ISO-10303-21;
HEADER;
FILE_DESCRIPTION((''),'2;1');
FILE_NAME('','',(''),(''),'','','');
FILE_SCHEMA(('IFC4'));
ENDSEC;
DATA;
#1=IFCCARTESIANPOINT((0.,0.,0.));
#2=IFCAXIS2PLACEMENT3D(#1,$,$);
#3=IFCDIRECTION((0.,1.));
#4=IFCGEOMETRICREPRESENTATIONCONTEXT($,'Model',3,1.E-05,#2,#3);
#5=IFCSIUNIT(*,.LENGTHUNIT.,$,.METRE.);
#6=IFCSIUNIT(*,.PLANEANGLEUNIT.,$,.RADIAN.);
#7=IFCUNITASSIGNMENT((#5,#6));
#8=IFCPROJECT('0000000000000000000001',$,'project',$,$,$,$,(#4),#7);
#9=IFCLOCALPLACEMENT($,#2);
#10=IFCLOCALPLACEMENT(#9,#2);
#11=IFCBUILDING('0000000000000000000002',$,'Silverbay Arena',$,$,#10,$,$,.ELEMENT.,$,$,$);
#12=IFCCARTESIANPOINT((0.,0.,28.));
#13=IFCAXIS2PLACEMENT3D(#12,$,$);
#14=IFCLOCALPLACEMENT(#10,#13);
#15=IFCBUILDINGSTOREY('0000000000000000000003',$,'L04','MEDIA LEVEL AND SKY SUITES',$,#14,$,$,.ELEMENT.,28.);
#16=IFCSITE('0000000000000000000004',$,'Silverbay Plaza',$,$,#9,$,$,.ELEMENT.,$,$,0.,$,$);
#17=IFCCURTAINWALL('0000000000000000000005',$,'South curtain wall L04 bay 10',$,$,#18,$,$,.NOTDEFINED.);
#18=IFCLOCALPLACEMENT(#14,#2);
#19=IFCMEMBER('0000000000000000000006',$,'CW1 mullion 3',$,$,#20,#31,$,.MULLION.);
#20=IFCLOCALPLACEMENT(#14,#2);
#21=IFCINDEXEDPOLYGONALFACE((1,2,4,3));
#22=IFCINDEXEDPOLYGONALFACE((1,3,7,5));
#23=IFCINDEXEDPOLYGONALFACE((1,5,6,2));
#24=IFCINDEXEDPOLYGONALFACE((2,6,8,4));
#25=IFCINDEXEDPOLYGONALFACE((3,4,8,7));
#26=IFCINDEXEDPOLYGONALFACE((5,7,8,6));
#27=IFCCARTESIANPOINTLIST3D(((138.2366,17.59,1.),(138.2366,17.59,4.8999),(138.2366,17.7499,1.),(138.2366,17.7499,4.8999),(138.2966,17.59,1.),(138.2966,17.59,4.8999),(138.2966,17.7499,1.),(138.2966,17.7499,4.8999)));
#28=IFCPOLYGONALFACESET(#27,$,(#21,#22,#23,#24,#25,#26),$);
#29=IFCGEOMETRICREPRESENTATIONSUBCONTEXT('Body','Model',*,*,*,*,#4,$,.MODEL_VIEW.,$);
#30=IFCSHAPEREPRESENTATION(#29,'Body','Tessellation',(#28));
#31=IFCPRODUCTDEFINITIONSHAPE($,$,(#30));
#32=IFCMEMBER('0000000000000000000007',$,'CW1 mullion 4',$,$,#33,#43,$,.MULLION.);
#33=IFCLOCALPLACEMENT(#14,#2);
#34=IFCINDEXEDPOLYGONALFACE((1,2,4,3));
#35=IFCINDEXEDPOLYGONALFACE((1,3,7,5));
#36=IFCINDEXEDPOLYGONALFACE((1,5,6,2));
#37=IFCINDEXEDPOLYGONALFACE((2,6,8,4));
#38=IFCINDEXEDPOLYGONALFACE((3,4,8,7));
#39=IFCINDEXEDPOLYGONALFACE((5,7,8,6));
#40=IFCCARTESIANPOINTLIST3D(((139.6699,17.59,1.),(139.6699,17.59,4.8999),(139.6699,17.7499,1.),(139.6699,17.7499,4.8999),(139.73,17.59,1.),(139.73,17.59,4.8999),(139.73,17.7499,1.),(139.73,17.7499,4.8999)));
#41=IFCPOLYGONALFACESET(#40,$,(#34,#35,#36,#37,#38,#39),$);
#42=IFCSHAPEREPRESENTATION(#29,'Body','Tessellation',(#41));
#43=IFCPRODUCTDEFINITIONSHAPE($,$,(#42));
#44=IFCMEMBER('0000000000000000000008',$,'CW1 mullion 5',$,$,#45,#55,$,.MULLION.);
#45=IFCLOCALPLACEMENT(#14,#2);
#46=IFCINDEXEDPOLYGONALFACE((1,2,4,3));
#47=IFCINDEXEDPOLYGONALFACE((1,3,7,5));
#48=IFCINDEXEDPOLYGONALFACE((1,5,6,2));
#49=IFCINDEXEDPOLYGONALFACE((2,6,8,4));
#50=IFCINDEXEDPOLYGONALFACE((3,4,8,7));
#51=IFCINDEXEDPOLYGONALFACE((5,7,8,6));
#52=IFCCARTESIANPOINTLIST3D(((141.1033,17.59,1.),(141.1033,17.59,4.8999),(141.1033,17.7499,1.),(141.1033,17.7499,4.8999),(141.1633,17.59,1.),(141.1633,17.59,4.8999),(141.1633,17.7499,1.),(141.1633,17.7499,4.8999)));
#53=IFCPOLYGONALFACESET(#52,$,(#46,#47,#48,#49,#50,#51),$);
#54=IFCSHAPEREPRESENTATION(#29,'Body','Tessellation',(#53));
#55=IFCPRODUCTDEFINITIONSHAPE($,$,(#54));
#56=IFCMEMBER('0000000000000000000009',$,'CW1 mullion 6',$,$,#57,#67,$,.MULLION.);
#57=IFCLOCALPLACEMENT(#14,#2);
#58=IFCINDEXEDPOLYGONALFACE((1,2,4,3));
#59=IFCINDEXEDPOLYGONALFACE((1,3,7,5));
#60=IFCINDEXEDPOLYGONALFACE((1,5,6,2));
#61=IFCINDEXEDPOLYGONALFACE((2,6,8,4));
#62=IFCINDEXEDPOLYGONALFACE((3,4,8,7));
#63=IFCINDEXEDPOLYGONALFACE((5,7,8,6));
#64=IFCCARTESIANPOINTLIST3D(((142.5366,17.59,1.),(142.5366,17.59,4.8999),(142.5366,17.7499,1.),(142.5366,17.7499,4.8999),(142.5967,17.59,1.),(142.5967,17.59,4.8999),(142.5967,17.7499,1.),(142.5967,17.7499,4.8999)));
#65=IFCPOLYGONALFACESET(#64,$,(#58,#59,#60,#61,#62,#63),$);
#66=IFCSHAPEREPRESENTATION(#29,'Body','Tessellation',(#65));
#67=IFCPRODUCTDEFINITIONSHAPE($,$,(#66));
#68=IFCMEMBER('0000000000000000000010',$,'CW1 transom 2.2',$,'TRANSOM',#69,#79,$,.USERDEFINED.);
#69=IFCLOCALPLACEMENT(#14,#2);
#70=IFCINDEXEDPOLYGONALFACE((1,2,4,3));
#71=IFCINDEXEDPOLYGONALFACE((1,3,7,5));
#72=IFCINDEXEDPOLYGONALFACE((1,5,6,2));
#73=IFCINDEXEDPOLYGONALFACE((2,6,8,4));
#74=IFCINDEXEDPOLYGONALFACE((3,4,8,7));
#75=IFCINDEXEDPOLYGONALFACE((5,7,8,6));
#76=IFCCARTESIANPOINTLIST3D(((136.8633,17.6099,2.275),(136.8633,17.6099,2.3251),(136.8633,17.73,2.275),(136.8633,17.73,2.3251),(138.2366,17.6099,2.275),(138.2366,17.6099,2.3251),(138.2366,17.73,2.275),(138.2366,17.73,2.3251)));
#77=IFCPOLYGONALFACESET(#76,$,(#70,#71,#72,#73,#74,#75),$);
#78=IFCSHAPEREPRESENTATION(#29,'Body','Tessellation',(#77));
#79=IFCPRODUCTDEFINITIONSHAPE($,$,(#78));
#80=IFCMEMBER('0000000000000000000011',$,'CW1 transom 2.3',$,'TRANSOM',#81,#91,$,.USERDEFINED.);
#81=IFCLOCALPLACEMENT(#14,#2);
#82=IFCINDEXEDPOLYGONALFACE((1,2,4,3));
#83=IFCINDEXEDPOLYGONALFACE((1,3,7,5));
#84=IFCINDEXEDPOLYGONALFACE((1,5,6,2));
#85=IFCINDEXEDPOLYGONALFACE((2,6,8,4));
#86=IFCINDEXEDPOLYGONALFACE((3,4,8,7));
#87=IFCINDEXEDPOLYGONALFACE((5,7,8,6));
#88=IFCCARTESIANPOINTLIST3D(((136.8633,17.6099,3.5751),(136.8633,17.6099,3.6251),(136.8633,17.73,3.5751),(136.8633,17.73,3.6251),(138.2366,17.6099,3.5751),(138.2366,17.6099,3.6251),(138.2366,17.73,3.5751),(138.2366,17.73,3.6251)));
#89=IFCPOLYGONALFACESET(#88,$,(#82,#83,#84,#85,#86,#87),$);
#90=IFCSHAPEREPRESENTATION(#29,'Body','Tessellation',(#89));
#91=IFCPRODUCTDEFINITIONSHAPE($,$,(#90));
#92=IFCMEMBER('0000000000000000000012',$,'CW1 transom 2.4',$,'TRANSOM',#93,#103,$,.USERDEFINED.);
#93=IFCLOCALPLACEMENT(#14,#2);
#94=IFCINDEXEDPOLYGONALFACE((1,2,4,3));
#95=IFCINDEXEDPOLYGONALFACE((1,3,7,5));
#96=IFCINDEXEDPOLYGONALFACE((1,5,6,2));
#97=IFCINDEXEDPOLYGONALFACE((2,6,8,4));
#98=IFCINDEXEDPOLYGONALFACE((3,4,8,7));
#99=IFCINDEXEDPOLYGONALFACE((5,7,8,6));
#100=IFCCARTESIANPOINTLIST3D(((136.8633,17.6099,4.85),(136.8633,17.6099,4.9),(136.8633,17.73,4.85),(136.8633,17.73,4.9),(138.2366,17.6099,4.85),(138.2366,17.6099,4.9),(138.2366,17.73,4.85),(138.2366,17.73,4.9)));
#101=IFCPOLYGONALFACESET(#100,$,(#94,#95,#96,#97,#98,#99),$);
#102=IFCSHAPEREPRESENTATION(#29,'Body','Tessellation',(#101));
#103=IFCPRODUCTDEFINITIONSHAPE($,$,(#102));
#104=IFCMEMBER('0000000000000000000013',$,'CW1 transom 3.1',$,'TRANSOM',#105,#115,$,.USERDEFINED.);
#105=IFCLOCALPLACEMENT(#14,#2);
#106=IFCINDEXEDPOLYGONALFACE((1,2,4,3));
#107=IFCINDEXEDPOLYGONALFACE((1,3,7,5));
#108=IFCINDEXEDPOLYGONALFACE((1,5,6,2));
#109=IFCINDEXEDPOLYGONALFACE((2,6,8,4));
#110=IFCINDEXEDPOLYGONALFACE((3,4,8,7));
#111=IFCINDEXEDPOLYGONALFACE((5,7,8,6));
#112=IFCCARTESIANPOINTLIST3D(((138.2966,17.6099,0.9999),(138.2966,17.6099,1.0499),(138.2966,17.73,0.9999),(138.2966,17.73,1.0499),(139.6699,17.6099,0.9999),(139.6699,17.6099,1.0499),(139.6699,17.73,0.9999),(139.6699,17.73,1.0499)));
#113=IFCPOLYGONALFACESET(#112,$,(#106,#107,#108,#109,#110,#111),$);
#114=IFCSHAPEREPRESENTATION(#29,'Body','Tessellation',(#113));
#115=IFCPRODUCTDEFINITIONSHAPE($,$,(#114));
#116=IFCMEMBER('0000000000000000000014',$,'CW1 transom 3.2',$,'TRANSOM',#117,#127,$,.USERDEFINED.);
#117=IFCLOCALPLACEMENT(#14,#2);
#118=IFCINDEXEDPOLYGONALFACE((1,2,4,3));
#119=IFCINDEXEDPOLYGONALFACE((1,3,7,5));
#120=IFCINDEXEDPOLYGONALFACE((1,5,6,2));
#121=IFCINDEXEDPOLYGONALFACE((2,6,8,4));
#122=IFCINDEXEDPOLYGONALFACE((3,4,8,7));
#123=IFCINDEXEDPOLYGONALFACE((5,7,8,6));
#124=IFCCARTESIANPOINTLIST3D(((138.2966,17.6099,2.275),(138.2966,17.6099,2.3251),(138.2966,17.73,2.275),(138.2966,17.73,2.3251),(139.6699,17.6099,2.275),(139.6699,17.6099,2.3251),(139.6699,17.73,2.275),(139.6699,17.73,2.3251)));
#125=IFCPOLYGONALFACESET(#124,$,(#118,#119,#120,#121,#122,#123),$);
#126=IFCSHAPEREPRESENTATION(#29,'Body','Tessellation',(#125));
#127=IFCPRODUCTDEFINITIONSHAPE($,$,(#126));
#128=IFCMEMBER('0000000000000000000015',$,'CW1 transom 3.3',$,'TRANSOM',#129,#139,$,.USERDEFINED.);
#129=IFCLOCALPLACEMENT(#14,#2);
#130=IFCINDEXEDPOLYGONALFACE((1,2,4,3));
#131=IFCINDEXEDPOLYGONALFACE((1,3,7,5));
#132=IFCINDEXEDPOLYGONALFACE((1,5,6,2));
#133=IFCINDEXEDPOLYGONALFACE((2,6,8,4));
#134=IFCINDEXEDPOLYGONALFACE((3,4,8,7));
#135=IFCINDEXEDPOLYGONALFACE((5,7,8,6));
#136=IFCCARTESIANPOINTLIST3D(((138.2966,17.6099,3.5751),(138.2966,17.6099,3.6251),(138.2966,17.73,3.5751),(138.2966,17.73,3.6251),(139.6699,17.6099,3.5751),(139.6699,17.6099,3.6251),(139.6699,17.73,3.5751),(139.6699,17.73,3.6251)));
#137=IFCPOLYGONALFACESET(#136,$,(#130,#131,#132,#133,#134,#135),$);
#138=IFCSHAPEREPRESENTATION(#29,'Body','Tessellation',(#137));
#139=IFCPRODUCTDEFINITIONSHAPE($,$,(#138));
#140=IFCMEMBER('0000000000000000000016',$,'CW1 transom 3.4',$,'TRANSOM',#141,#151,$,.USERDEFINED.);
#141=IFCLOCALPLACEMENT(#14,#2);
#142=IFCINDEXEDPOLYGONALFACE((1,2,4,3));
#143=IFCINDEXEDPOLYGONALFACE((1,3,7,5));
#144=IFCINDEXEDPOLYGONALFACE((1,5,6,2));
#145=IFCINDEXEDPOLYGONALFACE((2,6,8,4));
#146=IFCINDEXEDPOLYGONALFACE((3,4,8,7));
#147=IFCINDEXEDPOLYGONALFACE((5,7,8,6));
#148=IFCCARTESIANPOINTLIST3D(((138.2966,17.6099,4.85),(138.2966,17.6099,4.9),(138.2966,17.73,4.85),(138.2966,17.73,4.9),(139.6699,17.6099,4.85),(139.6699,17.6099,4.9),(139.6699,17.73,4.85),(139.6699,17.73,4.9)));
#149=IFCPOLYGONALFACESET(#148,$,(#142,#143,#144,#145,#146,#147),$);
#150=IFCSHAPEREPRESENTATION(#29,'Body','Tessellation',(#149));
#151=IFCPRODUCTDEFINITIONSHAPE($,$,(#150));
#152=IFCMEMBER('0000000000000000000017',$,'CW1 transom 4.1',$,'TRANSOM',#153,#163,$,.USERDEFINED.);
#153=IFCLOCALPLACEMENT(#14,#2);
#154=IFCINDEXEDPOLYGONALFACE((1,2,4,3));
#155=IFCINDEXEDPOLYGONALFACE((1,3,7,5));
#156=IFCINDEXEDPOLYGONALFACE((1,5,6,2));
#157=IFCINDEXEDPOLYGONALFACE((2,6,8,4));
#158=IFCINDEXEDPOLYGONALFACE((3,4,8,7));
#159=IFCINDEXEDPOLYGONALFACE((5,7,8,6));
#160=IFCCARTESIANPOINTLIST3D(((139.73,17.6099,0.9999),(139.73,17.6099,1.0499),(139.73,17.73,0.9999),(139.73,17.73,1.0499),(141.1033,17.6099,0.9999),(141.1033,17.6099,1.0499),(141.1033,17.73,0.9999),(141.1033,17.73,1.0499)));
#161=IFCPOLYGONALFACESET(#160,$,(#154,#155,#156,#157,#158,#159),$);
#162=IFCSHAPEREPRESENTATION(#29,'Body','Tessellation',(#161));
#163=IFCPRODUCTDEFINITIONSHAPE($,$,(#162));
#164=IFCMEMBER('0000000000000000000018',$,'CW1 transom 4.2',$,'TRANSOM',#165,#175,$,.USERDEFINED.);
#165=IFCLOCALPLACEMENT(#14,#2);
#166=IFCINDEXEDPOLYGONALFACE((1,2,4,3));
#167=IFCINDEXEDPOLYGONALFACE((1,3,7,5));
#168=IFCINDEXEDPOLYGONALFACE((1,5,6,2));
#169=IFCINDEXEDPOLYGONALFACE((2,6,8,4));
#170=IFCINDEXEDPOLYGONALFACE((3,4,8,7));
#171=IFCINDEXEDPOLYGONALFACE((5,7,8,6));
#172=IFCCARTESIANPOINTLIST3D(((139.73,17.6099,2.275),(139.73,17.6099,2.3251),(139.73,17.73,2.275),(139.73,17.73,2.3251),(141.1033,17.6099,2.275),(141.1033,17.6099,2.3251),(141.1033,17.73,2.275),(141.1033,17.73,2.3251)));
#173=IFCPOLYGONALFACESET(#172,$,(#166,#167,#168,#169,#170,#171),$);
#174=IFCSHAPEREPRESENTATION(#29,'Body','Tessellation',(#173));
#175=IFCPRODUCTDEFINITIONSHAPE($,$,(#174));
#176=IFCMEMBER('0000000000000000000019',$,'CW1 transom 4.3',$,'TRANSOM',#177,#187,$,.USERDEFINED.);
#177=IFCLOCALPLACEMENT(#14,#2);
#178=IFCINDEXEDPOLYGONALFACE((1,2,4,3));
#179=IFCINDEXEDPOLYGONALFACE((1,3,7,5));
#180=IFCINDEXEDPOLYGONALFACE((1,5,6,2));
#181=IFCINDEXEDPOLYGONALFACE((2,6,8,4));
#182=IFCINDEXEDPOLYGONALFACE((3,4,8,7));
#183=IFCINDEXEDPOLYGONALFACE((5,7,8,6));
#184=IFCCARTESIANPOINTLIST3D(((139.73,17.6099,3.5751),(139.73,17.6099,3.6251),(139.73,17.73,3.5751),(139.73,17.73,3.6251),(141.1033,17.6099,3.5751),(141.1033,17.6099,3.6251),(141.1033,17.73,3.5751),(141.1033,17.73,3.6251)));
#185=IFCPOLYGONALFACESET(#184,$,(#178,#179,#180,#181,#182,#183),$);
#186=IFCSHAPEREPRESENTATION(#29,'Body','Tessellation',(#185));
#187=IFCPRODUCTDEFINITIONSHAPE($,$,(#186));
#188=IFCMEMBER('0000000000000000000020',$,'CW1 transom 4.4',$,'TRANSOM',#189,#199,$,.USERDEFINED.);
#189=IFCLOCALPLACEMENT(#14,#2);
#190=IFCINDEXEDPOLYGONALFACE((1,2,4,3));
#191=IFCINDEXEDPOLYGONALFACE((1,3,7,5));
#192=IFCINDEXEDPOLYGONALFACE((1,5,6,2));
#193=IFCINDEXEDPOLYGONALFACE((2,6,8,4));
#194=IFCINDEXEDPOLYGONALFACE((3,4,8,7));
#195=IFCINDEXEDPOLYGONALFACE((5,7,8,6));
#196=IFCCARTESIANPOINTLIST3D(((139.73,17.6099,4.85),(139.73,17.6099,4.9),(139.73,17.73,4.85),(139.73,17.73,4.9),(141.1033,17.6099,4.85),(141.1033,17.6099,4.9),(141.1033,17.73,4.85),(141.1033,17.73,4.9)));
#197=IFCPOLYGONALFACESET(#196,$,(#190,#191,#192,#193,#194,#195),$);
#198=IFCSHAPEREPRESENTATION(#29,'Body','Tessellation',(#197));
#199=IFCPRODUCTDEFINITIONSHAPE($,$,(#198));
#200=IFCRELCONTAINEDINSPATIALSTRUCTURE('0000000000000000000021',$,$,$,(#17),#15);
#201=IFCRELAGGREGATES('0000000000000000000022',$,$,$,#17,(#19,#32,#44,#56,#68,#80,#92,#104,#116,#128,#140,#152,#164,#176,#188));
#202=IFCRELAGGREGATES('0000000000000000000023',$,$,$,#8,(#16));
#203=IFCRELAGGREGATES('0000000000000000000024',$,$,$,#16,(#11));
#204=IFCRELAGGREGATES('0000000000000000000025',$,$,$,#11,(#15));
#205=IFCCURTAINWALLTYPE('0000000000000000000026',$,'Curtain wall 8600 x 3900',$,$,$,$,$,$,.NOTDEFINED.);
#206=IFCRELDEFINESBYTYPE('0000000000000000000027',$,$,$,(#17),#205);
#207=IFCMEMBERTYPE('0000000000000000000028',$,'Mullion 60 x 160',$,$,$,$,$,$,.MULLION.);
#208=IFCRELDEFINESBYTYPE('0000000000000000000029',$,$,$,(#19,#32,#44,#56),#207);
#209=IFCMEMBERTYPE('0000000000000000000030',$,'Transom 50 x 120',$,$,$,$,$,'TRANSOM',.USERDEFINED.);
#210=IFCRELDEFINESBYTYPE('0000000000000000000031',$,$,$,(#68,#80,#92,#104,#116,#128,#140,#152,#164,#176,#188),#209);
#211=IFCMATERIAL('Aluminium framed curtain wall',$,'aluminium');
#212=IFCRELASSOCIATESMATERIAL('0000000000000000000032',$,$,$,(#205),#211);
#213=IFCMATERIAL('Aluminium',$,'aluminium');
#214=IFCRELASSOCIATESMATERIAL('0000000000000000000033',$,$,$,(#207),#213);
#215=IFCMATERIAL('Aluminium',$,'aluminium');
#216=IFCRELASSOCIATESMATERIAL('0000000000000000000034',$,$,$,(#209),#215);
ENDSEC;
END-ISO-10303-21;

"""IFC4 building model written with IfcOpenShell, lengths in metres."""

from ifc_helpers import new_model, si_unit, direction, frame, origin, origin_2d, place, context, subcontext, project, spatial, rectangle, extrude, material, material_profile, profile_set, type_object, element, aggregate, save


model = new_model("IFC4")

# Units and contexts
model_context = context("Model", 3, precision=1e-05, world=origin(), true_north=direction((0.0, 1.0)))
body_context = subcontext(model_context, "Body", "Model", "MODEL_VIEW")
ifc_project = project(units=[si_unit("LENGTHUNIT", "METRE"), si_unit("PLANEANGLEUNIT", "RADIAN")], contexts=[model_context])

# Site, building, storey
site_placement = place(None, origin())
site = spatial("IfcSite", under=ifc_project, at=site_placement, Name="Silverbay Plaza", CompositionType="ELEMENT", RefElevation=0.0)
building_placement = place(site_placement, origin())
building = spatial("IfcBuilding", under=site, at=building_placement, Name="Silverbay Arena", CompositionType="ELEMENT")
storey_placement = place(building_placement, frame((0.0, 0.0, 28.0)))
storey = spatial("IfcBuildingStorey", under=building, at=storey_placement, Name="L04", Description="MEDIA LEVEL AND SKY SUITES", CompositionType="ELEMENT", Elevation=28.0)

# Curtain wall, members
ifc_material_1 = material(Name="Aluminium framed curtain wall", Category="aluminium")
curtain_wall_type = type_object("IfcCurtainWallType", Name="Curtain wall 8600 x 3900", PredefinedType="NOTDEFINED", material=ifc_material_1)
curtain_wall_placement = place(storey_placement, origin())
curtain_wall = element("IfcCurtainWall", 1, at=curtain_wall_placement, inside=storey, type_object=curtain_wall_type, Name="South curtain wall L04 bay 10", PredefinedType="NOTDEFINED")
ifc_material_2 = material(Name="Aluminium", Category="aluminium")
ifc_material_profile_1 = material_profile(ifc_material_2, rectangle(XDim=0.1599, YDim=0.0601, at=origin_2d()), Name="Mullion 60 x 160")
ifc_profile_set_1 = profile_set([ifc_material_profile_1], Name="Aluminium")
member_type_1 = type_object("IfcMemberType", Name="Mullion 60 x 160", PredefinedType="MULLION", material=ifc_profile_set_1)
member_1_placement = place(storey_placement, frame((138.2666, 17.6699, 1.0), z_axis=(0.0, 0.0, 1.0), x_axis=(0.0, 1.0, 0.0)))
member_1 = element("IfcMember", 2, at=member_1_placement, type_object=member_type_1, Name="CW1 mullion 3", PredefinedType="MULLION", context=body_context, shape_type="SweptSolid", body=[
    extrude(rectangle(XDim=0.1599, YDim=0.0601, at=origin_2d()), origin(), (0.0, 0.0, 1.0), 3.8999),
])
member_2_placement = place(storey_placement, frame((139.7, 17.6699, 1.0), z_axis=(0.0, 0.0, 1.0), x_axis=(0.0, 1.0, 0.0)))
member_2 = element("IfcMember", 3, at=member_2_placement, type_object=member_type_1, Name="CW1 mullion 4", PredefinedType="MULLION", context=body_context, shape_type="SweptSolid", body=[
    extrude(rectangle(XDim=0.1599, YDim=0.0601, at=origin_2d()), origin(), (0.0, 0.0, 1.0), 3.8999),
])
member_3_placement = place(storey_placement, frame((141.1333, 17.6699, 1.0), z_axis=(0.0, 0.0, 1.0), x_axis=(0.0, 1.0, 0.0)))
member_3 = element("IfcMember", 4, at=member_3_placement, type_object=member_type_1, Name="CW1 mullion 5", PredefinedType="MULLION", context=body_context, shape_type="SweptSolid", body=[
    extrude(rectangle(XDim=0.1599, YDim=0.0601, at=origin_2d()), origin(), (0.0, 0.0, 1.0), 3.8999),
])
member_4_placement = place(storey_placement, frame((142.5667, 17.6699, 1.0), z_axis=(0.0, 0.0, 1.0), x_axis=(0.0, 1.0, 0.0)))
member_4 = element("IfcMember", 5, at=member_4_placement, type_object=member_type_1, Name="CW1 mullion 6", PredefinedType="MULLION", context=body_context, shape_type="SweptSolid", body=[
    extrude(rectangle(XDim=0.1599, YDim=0.0601, at=origin_2d()), origin(), (0.0, 0.0, 1.0), 3.8999),
])
ifc_material_3 = material(Name="Aluminium", Category="aluminium")
ifc_material_profile_2 = material_profile(ifc_material_3, rectangle(XDim=0.1201, YDim=0.05, at=origin_2d()), Name="Transom 50 x 120")
ifc_profile_set_2 = profile_set([ifc_material_profile_2], Name="Aluminium")
member_type_2 = type_object("IfcMemberType", Name="Transom 50 x 120", ElementType="TRANSOM", PredefinedType="USERDEFINED", material=ifc_profile_set_2)
member_5_placement = place(storey_placement, frame((136.8633, 17.6699, 2.3), z_axis=(1.0, 0.0, 0.0), x_axis=(0.0, 1.0, 0.0)))
member_5 = element("IfcMember", 6, at=member_5_placement, type_object=member_type_2, Name="CW1 transom 2.2", ObjectType="TRANSOM", PredefinedType="USERDEFINED", context=body_context, shape_type="SweptSolid", body=[
    extrude(rectangle(XDim=0.1201, YDim=0.05, at=origin_2d()), origin(), (0.0, 0.0, 1.0), 1.3733),
])
member_6_placement = place(storey_placement, frame((136.8633, 17.6699, 3.6001), z_axis=(1.0, 0.0, 0.0), x_axis=(0.0, 1.0, 0.0)))
member_6 = element("IfcMember", 7, at=member_6_placement, type_object=member_type_2, Name="CW1 transom 2.3", ObjectType="TRANSOM", PredefinedType="USERDEFINED", context=body_context, shape_type="SweptSolid", body=[
    extrude(rectangle(XDim=0.1201, YDim=0.05, at=origin_2d()), origin(), (0.0, 0.0, 1.0), 1.3733),
])
member_7_placement = place(storey_placement, frame((136.8633, 17.6699, 4.875), z_axis=(1.0, 0.0, 0.0), x_axis=(0.0, 1.0, 0.0)))
member_7 = element("IfcMember", 8, at=member_7_placement, type_object=member_type_2, Name="CW1 transom 2.4", ObjectType="TRANSOM", PredefinedType="USERDEFINED", context=body_context, shape_type="SweptSolid", body=[
    extrude(rectangle(XDim=0.1201, YDim=0.05, at=origin_2d()), origin(), (0.0, 0.0, 1.0), 1.3733),
])
member_8_placement = place(storey_placement, frame((138.2966, 17.6699, 1.0249), z_axis=(1.0, 0.0, 0.0), x_axis=(0.0, 1.0, 0.0)))
member_8 = element("IfcMember", 9, at=member_8_placement, type_object=member_type_2, Name="CW1 transom 3.1", ObjectType="TRANSOM", PredefinedType="USERDEFINED", context=body_context, shape_type="SweptSolid", body=[
    extrude(rectangle(XDim=0.1201, YDim=0.05, at=origin_2d()), origin(), (0.0, 0.0, 1.0), 1.3733),
])
member_9_placement = place(storey_placement, frame((138.2966, 17.6699, 2.3), z_axis=(1.0, 0.0, 0.0), x_axis=(0.0, 1.0, 0.0)))
member_9 = element("IfcMember", 10, at=member_9_placement, type_object=member_type_2, Name="CW1 transom 3.2", ObjectType="TRANSOM", PredefinedType="USERDEFINED", context=body_context, shape_type="SweptSolid", body=[
    extrude(rectangle(XDim=0.1201, YDim=0.05, at=origin_2d()), origin(), (0.0, 0.0, 1.0), 1.3733),
])
member_10_placement = place(storey_placement, frame((138.2966, 17.6699, 3.6001), z_axis=(1.0, 0.0, 0.0), x_axis=(0.0, 1.0, 0.0)))
member_10 = element("IfcMember", 11, at=member_10_placement, type_object=member_type_2, Name="CW1 transom 3.3", ObjectType="TRANSOM", PredefinedType="USERDEFINED", context=body_context, shape_type="SweptSolid", body=[
    extrude(rectangle(XDim=0.1201, YDim=0.05, at=origin_2d()), origin(), (0.0, 0.0, 1.0), 1.3733),
])
member_11_placement = place(storey_placement, frame((138.2966, 17.6699, 4.875), z_axis=(1.0, 0.0, 0.0), x_axis=(0.0, 1.0, 0.0)))
member_11 = element("IfcMember", 12, at=member_11_placement, type_object=member_type_2, Name="CW1 transom 3.4", ObjectType="TRANSOM", PredefinedType="USERDEFINED", context=body_context, shape_type="SweptSolid", body=[
    extrude(rectangle(XDim=0.1201, YDim=0.05, at=origin_2d()), origin(), (0.0, 0.0, 1.0), 1.3733),
])
member_12_placement = place(storey_placement, frame((139.73, 17.6699, 1.0249), z_axis=(1.0, 0.0, 0.0), x_axis=(0.0, 1.0, 0.0)))
member_12 = element("IfcMember", 13, at=member_12_placement, type_object=member_type_2, Name="CW1 transom 4.1", ObjectType="TRANSOM", PredefinedType="USERDEFINED", context=body_context, shape_type="SweptSolid", body=[
    extrude(rectangle(XDim=0.1201, YDim=0.05, at=origin_2d()), origin(), (0.0, 0.0, 1.0), 1.3733),
])
member_13_placement = place(storey_placement, frame((139.73, 17.6699, 2.3), z_axis=(1.0, 0.0, 0.0), x_axis=(0.0, 1.0, 0.0)))
member_13 = element("IfcMember", 14, at=member_13_placement, type_object=member_type_2, Name="CW1 transom 4.2", ObjectType="TRANSOM", PredefinedType="USERDEFINED", context=body_context, shape_type="SweptSolid", body=[
    extrude(rectangle(XDim=0.1201, YDim=0.05, at=origin_2d()), origin(), (0.0, 0.0, 1.0), 1.3733),
])
member_14_placement = place(storey_placement, frame((139.73, 17.6699, 3.6001), z_axis=(1.0, 0.0, 0.0), x_axis=(0.0, 1.0, 0.0)))
member_14 = element("IfcMember", 15, at=member_14_placement, type_object=member_type_2, Name="CW1 transom 4.3", ObjectType="TRANSOM", PredefinedType="USERDEFINED", context=body_context, shape_type="SweptSolid", body=[
    extrude(rectangle(XDim=0.1201, YDim=0.05, at=origin_2d()), origin(), (0.0, 0.0, 1.0), 1.3733),
])
member_15_placement = place(storey_placement, frame((139.73, 17.6699, 4.875), z_axis=(1.0, 0.0, 0.0), x_axis=(0.0, 1.0, 0.0)))
member_15 = element("IfcMember", 16, at=member_15_placement, type_object=member_type_2, Name="CW1 transom 4.4", ObjectType="TRANSOM", PredefinedType="USERDEFINED", context=body_context, shape_type="SweptSolid", body=[
    extrude(rectangle(XDim=0.1201, YDim=0.05, at=origin_2d()), origin(), (0.0, 0.0, 1.0), 1.3733),
])
aggregate(curtain_wall, [member_1, member_2, member_3, member_4, member_5, member_6, member_7, member_8, member_9, member_10, member_11, member_12, member_13, member_14, member_15])

save(model, "model.ifc")
